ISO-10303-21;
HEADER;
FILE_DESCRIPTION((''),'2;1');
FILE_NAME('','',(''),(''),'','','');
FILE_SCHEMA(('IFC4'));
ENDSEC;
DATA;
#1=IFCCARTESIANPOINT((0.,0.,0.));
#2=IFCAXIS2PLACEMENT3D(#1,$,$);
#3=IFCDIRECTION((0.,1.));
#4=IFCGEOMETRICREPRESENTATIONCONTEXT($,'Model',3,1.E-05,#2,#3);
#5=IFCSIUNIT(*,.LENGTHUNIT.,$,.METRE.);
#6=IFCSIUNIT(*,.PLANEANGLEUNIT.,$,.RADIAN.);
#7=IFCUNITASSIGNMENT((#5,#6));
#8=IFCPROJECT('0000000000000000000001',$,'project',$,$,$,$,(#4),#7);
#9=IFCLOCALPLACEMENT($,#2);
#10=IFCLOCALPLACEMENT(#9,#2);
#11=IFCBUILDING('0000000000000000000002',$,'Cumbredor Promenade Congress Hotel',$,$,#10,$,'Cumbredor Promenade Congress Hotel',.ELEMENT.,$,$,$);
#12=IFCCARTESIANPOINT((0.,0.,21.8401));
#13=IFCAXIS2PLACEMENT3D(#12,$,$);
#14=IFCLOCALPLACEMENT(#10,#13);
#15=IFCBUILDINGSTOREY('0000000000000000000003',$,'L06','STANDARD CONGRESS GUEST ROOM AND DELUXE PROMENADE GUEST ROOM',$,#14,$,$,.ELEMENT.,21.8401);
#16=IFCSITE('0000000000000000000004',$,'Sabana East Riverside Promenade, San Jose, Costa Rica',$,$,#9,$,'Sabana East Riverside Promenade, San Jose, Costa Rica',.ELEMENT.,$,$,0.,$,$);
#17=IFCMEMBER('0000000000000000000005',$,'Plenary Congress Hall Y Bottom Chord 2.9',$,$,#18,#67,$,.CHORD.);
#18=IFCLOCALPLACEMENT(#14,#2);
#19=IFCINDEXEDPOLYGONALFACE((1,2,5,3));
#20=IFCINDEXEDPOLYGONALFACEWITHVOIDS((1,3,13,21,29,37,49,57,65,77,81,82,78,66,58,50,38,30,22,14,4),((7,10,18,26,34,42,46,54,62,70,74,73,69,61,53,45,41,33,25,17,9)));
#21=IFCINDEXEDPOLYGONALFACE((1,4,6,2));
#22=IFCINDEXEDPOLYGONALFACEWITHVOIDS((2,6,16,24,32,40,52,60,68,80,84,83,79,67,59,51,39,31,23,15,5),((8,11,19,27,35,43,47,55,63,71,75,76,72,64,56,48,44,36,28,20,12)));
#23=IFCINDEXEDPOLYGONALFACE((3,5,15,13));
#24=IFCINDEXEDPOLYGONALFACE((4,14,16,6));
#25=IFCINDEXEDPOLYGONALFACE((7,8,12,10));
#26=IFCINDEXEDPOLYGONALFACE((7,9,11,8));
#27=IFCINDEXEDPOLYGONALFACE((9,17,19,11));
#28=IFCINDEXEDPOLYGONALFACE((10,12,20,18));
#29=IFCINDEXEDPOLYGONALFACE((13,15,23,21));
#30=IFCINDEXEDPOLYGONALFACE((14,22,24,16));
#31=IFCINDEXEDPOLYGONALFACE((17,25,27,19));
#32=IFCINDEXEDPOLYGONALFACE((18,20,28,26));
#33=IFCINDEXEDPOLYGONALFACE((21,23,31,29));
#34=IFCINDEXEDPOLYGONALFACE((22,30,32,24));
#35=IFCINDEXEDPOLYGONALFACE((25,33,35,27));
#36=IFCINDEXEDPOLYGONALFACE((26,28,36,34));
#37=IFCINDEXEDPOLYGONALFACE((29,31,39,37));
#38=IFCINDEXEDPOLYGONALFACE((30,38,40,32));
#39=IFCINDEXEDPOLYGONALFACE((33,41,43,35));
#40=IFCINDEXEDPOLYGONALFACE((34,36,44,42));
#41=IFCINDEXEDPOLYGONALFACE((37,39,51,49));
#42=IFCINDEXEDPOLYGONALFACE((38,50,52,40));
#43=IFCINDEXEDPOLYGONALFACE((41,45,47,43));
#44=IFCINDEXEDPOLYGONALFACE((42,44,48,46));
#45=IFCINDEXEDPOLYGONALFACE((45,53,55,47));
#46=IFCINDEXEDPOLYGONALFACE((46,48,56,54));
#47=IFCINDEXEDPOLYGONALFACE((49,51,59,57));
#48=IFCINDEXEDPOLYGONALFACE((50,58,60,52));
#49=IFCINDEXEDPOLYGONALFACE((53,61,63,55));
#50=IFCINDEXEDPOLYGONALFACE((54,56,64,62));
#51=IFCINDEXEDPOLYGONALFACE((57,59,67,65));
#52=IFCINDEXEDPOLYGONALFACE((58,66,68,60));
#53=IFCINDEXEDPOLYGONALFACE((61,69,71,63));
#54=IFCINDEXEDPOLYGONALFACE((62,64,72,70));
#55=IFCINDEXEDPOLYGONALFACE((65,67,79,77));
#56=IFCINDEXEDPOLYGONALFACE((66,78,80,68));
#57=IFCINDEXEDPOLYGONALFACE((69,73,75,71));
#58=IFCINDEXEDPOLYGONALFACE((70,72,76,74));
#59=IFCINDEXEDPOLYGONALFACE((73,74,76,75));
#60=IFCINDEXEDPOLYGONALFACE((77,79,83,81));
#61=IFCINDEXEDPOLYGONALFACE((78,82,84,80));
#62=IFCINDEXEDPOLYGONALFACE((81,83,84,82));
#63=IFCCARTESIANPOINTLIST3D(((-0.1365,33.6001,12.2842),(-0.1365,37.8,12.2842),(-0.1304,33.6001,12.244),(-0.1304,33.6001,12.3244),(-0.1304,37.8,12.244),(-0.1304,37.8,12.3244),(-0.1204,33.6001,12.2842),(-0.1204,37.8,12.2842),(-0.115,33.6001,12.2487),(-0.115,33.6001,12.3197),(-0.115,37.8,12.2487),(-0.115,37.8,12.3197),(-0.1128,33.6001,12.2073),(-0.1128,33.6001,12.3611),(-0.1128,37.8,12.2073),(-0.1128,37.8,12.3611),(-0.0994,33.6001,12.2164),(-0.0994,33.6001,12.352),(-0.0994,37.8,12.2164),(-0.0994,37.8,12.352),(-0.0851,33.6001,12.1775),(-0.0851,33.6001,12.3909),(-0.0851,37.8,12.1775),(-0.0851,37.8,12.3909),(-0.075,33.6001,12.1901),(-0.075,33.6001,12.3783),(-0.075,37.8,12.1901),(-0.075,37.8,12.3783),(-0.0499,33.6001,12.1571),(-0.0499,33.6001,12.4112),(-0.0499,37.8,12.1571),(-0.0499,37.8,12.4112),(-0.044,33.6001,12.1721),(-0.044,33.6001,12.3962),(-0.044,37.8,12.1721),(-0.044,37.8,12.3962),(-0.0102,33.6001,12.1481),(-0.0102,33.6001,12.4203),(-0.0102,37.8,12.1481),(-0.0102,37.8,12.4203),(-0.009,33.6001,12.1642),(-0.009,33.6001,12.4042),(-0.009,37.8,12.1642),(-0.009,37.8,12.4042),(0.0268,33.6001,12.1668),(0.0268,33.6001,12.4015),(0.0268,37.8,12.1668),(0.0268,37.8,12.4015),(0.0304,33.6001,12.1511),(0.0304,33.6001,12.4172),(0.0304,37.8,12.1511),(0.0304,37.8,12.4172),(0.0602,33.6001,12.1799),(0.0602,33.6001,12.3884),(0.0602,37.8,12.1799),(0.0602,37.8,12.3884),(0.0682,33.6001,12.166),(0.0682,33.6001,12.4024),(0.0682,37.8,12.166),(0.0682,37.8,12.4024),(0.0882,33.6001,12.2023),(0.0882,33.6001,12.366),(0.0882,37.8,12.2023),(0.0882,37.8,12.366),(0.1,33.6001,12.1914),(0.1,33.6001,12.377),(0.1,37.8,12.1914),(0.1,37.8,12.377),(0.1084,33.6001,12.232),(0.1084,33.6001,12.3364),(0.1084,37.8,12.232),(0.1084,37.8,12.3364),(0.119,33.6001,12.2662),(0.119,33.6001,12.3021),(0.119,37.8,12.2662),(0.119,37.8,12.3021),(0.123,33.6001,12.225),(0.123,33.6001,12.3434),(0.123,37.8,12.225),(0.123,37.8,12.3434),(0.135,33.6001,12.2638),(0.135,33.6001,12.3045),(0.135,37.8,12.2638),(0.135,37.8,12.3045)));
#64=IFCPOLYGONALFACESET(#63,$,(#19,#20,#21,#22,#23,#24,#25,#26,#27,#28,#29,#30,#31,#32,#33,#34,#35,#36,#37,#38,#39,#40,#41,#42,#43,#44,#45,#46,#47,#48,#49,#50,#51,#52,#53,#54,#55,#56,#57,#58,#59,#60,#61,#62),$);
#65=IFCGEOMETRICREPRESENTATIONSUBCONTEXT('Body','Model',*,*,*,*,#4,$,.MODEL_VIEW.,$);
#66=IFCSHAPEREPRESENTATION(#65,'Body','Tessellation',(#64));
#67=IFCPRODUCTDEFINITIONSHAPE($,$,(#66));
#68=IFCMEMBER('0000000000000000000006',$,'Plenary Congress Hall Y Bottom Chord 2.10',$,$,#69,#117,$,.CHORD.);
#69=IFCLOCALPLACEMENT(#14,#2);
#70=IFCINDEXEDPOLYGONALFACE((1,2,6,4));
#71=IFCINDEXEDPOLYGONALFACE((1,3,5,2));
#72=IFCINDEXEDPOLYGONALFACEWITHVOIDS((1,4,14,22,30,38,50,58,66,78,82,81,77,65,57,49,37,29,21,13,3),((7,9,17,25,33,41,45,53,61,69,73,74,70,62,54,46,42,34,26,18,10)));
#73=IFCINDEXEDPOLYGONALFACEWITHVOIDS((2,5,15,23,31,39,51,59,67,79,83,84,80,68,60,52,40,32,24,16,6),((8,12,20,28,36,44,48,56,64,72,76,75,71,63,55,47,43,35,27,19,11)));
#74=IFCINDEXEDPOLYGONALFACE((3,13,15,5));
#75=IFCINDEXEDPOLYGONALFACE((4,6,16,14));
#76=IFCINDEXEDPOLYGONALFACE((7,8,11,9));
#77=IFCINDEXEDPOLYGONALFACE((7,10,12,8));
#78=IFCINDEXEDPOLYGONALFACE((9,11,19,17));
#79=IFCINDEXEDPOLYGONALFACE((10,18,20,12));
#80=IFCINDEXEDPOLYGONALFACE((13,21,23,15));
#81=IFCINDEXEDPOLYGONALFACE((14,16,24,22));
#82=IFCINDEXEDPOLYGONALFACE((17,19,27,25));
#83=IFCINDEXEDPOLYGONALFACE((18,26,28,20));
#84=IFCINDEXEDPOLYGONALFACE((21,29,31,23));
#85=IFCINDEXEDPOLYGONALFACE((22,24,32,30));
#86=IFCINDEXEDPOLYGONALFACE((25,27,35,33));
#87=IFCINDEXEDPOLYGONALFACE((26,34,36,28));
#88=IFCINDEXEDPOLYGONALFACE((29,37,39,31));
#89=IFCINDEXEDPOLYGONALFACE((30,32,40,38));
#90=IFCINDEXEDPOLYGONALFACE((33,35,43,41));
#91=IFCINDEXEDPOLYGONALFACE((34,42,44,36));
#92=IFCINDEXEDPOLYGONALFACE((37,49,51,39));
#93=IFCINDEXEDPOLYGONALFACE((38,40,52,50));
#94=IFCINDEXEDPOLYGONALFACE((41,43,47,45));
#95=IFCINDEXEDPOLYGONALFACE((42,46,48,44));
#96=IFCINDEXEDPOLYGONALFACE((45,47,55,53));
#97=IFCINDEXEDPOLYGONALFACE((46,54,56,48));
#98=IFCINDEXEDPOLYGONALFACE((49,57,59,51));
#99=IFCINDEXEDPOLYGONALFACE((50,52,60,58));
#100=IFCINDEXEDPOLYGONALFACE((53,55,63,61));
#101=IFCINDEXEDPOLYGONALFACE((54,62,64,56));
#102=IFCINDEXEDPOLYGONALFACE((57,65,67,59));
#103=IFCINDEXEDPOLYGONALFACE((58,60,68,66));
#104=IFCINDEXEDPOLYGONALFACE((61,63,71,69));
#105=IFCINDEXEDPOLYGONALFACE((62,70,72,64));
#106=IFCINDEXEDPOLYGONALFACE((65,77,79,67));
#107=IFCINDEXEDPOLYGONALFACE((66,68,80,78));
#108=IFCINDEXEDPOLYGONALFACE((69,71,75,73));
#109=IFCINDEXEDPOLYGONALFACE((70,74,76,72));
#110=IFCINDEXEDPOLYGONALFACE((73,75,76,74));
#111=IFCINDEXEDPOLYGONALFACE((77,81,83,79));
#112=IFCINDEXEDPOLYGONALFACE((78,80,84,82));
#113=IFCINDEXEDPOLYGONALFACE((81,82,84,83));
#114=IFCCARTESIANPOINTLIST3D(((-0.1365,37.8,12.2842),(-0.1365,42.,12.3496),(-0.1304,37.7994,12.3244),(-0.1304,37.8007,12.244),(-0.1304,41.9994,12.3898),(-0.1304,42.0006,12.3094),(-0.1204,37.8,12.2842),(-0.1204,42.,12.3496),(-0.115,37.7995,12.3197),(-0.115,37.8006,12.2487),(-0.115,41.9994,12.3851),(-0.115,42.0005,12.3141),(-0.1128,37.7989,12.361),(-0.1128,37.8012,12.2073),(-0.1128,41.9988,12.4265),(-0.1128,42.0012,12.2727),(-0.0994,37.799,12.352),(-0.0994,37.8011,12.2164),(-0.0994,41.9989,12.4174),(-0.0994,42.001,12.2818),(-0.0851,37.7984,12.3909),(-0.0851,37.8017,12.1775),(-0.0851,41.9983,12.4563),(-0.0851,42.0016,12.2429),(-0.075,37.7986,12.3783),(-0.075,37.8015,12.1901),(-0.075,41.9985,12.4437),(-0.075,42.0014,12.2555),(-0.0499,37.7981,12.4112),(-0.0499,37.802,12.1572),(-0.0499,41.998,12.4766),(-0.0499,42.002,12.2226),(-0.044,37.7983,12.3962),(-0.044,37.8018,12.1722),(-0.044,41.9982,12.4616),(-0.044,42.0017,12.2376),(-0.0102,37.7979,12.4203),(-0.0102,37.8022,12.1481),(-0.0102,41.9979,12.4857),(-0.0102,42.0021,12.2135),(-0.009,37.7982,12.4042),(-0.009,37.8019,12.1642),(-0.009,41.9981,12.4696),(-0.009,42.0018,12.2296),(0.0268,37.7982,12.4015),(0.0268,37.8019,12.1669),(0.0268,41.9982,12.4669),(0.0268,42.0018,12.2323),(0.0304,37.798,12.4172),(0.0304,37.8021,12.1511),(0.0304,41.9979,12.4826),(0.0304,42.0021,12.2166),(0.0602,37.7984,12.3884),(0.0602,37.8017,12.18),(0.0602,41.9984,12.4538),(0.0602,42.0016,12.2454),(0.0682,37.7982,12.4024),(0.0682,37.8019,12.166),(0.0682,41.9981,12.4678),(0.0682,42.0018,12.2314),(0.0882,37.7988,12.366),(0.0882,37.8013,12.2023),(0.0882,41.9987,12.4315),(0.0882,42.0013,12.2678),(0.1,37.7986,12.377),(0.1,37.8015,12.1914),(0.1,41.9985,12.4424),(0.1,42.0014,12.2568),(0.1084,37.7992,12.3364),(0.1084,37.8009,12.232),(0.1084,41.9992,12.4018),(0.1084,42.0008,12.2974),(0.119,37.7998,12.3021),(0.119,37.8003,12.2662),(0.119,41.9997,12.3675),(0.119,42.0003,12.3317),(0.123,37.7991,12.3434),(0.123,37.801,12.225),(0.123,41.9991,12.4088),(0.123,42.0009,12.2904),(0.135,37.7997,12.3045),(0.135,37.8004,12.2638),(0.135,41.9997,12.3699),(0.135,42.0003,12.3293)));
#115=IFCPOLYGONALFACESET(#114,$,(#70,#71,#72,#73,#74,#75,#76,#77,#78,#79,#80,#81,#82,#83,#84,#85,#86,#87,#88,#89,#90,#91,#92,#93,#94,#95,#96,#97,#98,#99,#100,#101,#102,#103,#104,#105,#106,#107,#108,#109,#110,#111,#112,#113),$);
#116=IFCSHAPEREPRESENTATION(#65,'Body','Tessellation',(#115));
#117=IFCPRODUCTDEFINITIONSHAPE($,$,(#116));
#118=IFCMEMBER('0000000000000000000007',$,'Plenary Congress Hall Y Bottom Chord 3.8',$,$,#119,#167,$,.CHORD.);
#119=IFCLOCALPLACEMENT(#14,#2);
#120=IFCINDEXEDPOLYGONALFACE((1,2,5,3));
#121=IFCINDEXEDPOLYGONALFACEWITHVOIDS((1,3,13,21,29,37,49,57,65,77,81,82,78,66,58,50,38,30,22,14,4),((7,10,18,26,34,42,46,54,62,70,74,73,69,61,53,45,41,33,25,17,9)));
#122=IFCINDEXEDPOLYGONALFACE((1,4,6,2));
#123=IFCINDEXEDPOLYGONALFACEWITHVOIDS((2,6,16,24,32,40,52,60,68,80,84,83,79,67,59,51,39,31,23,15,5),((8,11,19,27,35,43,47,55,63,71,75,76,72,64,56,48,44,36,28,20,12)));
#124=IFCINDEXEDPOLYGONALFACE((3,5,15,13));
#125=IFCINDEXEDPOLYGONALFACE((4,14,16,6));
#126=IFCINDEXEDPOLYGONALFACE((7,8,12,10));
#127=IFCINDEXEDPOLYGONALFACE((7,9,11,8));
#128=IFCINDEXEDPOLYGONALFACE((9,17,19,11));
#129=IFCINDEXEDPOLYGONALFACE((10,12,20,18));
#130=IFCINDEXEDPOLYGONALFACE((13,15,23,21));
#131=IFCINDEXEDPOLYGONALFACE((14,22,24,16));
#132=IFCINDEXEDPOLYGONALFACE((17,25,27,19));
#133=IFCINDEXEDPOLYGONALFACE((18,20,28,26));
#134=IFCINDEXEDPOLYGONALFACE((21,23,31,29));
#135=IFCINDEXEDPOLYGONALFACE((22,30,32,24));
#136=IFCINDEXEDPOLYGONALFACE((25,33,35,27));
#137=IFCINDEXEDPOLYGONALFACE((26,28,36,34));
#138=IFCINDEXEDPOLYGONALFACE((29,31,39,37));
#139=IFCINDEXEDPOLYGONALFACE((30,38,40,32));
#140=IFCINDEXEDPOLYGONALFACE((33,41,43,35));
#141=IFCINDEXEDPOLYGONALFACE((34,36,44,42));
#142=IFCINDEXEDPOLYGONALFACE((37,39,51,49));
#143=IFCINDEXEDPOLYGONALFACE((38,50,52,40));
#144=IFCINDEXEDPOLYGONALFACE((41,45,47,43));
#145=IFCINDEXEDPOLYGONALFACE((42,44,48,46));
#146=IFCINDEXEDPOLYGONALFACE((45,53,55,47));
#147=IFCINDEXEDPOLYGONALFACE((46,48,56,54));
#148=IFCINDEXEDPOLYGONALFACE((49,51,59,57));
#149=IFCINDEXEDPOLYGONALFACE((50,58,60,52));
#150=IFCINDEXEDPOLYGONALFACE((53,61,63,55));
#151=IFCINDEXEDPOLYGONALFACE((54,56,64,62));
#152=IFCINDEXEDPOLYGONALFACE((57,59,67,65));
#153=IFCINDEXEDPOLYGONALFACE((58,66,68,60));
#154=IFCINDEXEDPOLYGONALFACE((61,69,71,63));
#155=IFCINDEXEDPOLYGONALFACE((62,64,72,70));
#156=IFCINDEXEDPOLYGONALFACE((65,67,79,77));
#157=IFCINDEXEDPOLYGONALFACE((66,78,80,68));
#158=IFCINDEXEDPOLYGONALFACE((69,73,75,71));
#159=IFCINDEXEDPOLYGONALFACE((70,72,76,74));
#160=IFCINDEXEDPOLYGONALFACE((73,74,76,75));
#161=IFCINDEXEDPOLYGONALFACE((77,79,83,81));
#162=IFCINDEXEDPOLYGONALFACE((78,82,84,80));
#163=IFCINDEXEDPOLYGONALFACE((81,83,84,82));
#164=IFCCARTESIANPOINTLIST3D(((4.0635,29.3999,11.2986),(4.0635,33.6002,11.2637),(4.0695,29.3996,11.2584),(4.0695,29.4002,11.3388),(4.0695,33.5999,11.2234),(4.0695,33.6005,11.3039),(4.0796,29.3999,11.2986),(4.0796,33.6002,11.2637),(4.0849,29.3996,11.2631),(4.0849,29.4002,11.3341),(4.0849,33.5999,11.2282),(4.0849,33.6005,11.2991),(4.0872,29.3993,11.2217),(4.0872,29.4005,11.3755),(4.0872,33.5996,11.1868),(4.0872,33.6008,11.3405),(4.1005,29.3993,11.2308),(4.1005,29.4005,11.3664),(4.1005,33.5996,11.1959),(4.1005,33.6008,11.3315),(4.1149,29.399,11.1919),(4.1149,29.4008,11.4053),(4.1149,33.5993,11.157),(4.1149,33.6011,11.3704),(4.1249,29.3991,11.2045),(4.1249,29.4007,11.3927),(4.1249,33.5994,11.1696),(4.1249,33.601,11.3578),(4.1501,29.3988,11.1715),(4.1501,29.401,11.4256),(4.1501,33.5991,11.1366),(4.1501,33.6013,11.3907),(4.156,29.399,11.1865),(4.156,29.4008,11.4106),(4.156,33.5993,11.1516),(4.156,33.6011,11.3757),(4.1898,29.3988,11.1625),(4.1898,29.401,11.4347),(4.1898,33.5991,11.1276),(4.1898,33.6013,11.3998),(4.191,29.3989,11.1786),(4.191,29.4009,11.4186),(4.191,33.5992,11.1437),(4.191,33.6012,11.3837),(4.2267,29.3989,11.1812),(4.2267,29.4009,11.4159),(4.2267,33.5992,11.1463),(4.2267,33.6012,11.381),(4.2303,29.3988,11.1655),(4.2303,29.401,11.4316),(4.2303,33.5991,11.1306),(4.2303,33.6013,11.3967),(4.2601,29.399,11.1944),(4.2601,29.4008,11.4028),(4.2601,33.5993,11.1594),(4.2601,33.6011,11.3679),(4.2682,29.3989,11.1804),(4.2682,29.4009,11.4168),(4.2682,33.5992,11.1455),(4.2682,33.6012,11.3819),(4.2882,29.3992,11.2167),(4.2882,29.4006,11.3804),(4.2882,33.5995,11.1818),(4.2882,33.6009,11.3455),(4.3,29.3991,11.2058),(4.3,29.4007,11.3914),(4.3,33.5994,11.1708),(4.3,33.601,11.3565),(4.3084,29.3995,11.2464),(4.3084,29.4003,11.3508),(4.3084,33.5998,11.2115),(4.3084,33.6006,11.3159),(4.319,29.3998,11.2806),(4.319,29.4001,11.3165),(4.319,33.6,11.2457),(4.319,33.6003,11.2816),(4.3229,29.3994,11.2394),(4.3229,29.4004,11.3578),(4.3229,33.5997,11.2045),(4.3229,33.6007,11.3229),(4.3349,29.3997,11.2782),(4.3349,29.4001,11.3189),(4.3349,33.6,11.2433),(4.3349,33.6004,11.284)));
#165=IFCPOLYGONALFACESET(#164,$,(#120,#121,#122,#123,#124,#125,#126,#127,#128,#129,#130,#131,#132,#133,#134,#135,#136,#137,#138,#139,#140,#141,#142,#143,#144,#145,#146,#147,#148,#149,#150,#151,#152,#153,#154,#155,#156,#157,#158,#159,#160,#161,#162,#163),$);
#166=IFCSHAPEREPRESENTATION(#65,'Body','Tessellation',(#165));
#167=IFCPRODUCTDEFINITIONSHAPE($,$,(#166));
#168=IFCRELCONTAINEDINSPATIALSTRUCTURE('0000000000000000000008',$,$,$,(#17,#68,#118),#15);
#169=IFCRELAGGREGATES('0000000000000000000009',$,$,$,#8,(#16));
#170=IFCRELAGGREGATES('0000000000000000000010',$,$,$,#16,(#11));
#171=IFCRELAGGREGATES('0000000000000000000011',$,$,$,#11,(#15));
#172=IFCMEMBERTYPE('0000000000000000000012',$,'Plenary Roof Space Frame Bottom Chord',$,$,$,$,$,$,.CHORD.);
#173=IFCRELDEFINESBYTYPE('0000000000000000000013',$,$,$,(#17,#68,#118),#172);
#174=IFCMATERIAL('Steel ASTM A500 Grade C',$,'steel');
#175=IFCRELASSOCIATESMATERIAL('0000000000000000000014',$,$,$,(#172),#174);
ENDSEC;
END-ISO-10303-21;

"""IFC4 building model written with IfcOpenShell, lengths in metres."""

from ifc_helpers import new_model, si_unit, direction, frame, origin, origin_2d, place, context, subcontext, project, spatial, hollow_circle, extrude, material, material_profile, profile_set, type_object, element, save


model = new_model("IFC4")

# Units and contexts
model_context = context("Model", 3, precision=1e-05, world=origin(), true_north=direction((0.0, 1.0)))
body_context = subcontext(model_context, "Body", "Model", "MODEL_VIEW")
ifc_project = project(units=[si_unit("LENGTHUNIT", "METRE"), si_unit("PLANEANGLEUNIT", "RADIAN")], contexts=[model_context])

# Site, building, storey
site_placement = place(None, origin())
site = spatial("IfcSite", under=ifc_project, at=site_placement, Name="Sabana East Riverside Promenade, San Jose, Costa Rica", LongName="Sabana East Riverside Promenade, San Jose, Costa Rica", CompositionType="ELEMENT", RefElevation=0.0)
building_placement = place(site_placement, origin())
building = spatial("IfcBuilding", under=site, at=building_placement, Name="Cumbredor Promenade Congress Hotel", LongName="Cumbredor Promenade Congress Hotel", CompositionType="ELEMENT")
storey_placement = place(building_placement, frame((0.0, 0.0, 21.8401)))
storey = spatial("IfcBuildingStorey", under=building, at=storey_placement, Name="L06", Description="STANDARD CONGRESS GUEST ROOM AND DELUXE PROMENADE GUEST ROOM", CompositionType="ELEMENT", Elevation=21.8401)

# Members
ifc_material_1 = material(Name="Steel ASTM A500 Grade C", Category="steel")
ifc_material_profile_1 = material_profile(ifc_material_1, hollow_circle(Radius=0.1365, WallThickness=0.0161, at=origin_2d()), Name="CHS 273.0x16")
ifc_profile_set_1 = profile_set([ifc_material_profile_1], Name="Steel ASTM A500 Grade C")
member_type_1 = type_object("IfcMemberType", Name="Plenary Roof Space Frame Bottom Chord", PredefinedType="CHORD", material=ifc_profile_set_1)
member_1_placement = place(storey_placement, frame((0.0, 33.6001, 12.2842), z_axis=(0.0, 1.0, 0.0), x_axis=(-1.0, 0.0, 0.0)))
element("IfcMember", 1, at=member_1_placement, inside=storey, type_object=member_type_1, Name="Plenary Congress Hall Y Bottom Chord 2.9", PredefinedType="CHORD", context=body_context, shape_type="SweptSolid", body=[
    extrude(hollow_circle(Radius=0.1365, WallThickness=0.0161, at=origin_2d()), origin(), (0.0, 0.0, 1.0), 4.2),
])
for number, where, z_axis, x_axis, name in (
    (2, (0.0, 37.8, 12.2842), (0.0, 0.999879, 0.015577), (-1.0, 0.0, 0.0), "Plenary Congress Hall Y Bottom Chord 2.10"),
    (3, (4.2, 29.3999, 11.2986), (0.0, 0.999965, -0.008312), (-1.0, 0.0, 0.0), "Plenary Congress Hall Y Bottom Chord 3.8"),
):
    element("IfcMember", number, at=place(storey_placement, frame(where, z_axis=z_axis, x_axis=x_axis)), inside=storey, type_object=member_type_1, Name=name, PredefinedType="CHORD", context=body_context, shape_type="SweptSolid", body=[
        extrude(hollow_circle(Radius=0.1365, WallThickness=0.0161, at=origin_2d()), origin(), (0.0, 0.0, 1.0), 4.2004),
    ])

save(model, "model.ifc")
